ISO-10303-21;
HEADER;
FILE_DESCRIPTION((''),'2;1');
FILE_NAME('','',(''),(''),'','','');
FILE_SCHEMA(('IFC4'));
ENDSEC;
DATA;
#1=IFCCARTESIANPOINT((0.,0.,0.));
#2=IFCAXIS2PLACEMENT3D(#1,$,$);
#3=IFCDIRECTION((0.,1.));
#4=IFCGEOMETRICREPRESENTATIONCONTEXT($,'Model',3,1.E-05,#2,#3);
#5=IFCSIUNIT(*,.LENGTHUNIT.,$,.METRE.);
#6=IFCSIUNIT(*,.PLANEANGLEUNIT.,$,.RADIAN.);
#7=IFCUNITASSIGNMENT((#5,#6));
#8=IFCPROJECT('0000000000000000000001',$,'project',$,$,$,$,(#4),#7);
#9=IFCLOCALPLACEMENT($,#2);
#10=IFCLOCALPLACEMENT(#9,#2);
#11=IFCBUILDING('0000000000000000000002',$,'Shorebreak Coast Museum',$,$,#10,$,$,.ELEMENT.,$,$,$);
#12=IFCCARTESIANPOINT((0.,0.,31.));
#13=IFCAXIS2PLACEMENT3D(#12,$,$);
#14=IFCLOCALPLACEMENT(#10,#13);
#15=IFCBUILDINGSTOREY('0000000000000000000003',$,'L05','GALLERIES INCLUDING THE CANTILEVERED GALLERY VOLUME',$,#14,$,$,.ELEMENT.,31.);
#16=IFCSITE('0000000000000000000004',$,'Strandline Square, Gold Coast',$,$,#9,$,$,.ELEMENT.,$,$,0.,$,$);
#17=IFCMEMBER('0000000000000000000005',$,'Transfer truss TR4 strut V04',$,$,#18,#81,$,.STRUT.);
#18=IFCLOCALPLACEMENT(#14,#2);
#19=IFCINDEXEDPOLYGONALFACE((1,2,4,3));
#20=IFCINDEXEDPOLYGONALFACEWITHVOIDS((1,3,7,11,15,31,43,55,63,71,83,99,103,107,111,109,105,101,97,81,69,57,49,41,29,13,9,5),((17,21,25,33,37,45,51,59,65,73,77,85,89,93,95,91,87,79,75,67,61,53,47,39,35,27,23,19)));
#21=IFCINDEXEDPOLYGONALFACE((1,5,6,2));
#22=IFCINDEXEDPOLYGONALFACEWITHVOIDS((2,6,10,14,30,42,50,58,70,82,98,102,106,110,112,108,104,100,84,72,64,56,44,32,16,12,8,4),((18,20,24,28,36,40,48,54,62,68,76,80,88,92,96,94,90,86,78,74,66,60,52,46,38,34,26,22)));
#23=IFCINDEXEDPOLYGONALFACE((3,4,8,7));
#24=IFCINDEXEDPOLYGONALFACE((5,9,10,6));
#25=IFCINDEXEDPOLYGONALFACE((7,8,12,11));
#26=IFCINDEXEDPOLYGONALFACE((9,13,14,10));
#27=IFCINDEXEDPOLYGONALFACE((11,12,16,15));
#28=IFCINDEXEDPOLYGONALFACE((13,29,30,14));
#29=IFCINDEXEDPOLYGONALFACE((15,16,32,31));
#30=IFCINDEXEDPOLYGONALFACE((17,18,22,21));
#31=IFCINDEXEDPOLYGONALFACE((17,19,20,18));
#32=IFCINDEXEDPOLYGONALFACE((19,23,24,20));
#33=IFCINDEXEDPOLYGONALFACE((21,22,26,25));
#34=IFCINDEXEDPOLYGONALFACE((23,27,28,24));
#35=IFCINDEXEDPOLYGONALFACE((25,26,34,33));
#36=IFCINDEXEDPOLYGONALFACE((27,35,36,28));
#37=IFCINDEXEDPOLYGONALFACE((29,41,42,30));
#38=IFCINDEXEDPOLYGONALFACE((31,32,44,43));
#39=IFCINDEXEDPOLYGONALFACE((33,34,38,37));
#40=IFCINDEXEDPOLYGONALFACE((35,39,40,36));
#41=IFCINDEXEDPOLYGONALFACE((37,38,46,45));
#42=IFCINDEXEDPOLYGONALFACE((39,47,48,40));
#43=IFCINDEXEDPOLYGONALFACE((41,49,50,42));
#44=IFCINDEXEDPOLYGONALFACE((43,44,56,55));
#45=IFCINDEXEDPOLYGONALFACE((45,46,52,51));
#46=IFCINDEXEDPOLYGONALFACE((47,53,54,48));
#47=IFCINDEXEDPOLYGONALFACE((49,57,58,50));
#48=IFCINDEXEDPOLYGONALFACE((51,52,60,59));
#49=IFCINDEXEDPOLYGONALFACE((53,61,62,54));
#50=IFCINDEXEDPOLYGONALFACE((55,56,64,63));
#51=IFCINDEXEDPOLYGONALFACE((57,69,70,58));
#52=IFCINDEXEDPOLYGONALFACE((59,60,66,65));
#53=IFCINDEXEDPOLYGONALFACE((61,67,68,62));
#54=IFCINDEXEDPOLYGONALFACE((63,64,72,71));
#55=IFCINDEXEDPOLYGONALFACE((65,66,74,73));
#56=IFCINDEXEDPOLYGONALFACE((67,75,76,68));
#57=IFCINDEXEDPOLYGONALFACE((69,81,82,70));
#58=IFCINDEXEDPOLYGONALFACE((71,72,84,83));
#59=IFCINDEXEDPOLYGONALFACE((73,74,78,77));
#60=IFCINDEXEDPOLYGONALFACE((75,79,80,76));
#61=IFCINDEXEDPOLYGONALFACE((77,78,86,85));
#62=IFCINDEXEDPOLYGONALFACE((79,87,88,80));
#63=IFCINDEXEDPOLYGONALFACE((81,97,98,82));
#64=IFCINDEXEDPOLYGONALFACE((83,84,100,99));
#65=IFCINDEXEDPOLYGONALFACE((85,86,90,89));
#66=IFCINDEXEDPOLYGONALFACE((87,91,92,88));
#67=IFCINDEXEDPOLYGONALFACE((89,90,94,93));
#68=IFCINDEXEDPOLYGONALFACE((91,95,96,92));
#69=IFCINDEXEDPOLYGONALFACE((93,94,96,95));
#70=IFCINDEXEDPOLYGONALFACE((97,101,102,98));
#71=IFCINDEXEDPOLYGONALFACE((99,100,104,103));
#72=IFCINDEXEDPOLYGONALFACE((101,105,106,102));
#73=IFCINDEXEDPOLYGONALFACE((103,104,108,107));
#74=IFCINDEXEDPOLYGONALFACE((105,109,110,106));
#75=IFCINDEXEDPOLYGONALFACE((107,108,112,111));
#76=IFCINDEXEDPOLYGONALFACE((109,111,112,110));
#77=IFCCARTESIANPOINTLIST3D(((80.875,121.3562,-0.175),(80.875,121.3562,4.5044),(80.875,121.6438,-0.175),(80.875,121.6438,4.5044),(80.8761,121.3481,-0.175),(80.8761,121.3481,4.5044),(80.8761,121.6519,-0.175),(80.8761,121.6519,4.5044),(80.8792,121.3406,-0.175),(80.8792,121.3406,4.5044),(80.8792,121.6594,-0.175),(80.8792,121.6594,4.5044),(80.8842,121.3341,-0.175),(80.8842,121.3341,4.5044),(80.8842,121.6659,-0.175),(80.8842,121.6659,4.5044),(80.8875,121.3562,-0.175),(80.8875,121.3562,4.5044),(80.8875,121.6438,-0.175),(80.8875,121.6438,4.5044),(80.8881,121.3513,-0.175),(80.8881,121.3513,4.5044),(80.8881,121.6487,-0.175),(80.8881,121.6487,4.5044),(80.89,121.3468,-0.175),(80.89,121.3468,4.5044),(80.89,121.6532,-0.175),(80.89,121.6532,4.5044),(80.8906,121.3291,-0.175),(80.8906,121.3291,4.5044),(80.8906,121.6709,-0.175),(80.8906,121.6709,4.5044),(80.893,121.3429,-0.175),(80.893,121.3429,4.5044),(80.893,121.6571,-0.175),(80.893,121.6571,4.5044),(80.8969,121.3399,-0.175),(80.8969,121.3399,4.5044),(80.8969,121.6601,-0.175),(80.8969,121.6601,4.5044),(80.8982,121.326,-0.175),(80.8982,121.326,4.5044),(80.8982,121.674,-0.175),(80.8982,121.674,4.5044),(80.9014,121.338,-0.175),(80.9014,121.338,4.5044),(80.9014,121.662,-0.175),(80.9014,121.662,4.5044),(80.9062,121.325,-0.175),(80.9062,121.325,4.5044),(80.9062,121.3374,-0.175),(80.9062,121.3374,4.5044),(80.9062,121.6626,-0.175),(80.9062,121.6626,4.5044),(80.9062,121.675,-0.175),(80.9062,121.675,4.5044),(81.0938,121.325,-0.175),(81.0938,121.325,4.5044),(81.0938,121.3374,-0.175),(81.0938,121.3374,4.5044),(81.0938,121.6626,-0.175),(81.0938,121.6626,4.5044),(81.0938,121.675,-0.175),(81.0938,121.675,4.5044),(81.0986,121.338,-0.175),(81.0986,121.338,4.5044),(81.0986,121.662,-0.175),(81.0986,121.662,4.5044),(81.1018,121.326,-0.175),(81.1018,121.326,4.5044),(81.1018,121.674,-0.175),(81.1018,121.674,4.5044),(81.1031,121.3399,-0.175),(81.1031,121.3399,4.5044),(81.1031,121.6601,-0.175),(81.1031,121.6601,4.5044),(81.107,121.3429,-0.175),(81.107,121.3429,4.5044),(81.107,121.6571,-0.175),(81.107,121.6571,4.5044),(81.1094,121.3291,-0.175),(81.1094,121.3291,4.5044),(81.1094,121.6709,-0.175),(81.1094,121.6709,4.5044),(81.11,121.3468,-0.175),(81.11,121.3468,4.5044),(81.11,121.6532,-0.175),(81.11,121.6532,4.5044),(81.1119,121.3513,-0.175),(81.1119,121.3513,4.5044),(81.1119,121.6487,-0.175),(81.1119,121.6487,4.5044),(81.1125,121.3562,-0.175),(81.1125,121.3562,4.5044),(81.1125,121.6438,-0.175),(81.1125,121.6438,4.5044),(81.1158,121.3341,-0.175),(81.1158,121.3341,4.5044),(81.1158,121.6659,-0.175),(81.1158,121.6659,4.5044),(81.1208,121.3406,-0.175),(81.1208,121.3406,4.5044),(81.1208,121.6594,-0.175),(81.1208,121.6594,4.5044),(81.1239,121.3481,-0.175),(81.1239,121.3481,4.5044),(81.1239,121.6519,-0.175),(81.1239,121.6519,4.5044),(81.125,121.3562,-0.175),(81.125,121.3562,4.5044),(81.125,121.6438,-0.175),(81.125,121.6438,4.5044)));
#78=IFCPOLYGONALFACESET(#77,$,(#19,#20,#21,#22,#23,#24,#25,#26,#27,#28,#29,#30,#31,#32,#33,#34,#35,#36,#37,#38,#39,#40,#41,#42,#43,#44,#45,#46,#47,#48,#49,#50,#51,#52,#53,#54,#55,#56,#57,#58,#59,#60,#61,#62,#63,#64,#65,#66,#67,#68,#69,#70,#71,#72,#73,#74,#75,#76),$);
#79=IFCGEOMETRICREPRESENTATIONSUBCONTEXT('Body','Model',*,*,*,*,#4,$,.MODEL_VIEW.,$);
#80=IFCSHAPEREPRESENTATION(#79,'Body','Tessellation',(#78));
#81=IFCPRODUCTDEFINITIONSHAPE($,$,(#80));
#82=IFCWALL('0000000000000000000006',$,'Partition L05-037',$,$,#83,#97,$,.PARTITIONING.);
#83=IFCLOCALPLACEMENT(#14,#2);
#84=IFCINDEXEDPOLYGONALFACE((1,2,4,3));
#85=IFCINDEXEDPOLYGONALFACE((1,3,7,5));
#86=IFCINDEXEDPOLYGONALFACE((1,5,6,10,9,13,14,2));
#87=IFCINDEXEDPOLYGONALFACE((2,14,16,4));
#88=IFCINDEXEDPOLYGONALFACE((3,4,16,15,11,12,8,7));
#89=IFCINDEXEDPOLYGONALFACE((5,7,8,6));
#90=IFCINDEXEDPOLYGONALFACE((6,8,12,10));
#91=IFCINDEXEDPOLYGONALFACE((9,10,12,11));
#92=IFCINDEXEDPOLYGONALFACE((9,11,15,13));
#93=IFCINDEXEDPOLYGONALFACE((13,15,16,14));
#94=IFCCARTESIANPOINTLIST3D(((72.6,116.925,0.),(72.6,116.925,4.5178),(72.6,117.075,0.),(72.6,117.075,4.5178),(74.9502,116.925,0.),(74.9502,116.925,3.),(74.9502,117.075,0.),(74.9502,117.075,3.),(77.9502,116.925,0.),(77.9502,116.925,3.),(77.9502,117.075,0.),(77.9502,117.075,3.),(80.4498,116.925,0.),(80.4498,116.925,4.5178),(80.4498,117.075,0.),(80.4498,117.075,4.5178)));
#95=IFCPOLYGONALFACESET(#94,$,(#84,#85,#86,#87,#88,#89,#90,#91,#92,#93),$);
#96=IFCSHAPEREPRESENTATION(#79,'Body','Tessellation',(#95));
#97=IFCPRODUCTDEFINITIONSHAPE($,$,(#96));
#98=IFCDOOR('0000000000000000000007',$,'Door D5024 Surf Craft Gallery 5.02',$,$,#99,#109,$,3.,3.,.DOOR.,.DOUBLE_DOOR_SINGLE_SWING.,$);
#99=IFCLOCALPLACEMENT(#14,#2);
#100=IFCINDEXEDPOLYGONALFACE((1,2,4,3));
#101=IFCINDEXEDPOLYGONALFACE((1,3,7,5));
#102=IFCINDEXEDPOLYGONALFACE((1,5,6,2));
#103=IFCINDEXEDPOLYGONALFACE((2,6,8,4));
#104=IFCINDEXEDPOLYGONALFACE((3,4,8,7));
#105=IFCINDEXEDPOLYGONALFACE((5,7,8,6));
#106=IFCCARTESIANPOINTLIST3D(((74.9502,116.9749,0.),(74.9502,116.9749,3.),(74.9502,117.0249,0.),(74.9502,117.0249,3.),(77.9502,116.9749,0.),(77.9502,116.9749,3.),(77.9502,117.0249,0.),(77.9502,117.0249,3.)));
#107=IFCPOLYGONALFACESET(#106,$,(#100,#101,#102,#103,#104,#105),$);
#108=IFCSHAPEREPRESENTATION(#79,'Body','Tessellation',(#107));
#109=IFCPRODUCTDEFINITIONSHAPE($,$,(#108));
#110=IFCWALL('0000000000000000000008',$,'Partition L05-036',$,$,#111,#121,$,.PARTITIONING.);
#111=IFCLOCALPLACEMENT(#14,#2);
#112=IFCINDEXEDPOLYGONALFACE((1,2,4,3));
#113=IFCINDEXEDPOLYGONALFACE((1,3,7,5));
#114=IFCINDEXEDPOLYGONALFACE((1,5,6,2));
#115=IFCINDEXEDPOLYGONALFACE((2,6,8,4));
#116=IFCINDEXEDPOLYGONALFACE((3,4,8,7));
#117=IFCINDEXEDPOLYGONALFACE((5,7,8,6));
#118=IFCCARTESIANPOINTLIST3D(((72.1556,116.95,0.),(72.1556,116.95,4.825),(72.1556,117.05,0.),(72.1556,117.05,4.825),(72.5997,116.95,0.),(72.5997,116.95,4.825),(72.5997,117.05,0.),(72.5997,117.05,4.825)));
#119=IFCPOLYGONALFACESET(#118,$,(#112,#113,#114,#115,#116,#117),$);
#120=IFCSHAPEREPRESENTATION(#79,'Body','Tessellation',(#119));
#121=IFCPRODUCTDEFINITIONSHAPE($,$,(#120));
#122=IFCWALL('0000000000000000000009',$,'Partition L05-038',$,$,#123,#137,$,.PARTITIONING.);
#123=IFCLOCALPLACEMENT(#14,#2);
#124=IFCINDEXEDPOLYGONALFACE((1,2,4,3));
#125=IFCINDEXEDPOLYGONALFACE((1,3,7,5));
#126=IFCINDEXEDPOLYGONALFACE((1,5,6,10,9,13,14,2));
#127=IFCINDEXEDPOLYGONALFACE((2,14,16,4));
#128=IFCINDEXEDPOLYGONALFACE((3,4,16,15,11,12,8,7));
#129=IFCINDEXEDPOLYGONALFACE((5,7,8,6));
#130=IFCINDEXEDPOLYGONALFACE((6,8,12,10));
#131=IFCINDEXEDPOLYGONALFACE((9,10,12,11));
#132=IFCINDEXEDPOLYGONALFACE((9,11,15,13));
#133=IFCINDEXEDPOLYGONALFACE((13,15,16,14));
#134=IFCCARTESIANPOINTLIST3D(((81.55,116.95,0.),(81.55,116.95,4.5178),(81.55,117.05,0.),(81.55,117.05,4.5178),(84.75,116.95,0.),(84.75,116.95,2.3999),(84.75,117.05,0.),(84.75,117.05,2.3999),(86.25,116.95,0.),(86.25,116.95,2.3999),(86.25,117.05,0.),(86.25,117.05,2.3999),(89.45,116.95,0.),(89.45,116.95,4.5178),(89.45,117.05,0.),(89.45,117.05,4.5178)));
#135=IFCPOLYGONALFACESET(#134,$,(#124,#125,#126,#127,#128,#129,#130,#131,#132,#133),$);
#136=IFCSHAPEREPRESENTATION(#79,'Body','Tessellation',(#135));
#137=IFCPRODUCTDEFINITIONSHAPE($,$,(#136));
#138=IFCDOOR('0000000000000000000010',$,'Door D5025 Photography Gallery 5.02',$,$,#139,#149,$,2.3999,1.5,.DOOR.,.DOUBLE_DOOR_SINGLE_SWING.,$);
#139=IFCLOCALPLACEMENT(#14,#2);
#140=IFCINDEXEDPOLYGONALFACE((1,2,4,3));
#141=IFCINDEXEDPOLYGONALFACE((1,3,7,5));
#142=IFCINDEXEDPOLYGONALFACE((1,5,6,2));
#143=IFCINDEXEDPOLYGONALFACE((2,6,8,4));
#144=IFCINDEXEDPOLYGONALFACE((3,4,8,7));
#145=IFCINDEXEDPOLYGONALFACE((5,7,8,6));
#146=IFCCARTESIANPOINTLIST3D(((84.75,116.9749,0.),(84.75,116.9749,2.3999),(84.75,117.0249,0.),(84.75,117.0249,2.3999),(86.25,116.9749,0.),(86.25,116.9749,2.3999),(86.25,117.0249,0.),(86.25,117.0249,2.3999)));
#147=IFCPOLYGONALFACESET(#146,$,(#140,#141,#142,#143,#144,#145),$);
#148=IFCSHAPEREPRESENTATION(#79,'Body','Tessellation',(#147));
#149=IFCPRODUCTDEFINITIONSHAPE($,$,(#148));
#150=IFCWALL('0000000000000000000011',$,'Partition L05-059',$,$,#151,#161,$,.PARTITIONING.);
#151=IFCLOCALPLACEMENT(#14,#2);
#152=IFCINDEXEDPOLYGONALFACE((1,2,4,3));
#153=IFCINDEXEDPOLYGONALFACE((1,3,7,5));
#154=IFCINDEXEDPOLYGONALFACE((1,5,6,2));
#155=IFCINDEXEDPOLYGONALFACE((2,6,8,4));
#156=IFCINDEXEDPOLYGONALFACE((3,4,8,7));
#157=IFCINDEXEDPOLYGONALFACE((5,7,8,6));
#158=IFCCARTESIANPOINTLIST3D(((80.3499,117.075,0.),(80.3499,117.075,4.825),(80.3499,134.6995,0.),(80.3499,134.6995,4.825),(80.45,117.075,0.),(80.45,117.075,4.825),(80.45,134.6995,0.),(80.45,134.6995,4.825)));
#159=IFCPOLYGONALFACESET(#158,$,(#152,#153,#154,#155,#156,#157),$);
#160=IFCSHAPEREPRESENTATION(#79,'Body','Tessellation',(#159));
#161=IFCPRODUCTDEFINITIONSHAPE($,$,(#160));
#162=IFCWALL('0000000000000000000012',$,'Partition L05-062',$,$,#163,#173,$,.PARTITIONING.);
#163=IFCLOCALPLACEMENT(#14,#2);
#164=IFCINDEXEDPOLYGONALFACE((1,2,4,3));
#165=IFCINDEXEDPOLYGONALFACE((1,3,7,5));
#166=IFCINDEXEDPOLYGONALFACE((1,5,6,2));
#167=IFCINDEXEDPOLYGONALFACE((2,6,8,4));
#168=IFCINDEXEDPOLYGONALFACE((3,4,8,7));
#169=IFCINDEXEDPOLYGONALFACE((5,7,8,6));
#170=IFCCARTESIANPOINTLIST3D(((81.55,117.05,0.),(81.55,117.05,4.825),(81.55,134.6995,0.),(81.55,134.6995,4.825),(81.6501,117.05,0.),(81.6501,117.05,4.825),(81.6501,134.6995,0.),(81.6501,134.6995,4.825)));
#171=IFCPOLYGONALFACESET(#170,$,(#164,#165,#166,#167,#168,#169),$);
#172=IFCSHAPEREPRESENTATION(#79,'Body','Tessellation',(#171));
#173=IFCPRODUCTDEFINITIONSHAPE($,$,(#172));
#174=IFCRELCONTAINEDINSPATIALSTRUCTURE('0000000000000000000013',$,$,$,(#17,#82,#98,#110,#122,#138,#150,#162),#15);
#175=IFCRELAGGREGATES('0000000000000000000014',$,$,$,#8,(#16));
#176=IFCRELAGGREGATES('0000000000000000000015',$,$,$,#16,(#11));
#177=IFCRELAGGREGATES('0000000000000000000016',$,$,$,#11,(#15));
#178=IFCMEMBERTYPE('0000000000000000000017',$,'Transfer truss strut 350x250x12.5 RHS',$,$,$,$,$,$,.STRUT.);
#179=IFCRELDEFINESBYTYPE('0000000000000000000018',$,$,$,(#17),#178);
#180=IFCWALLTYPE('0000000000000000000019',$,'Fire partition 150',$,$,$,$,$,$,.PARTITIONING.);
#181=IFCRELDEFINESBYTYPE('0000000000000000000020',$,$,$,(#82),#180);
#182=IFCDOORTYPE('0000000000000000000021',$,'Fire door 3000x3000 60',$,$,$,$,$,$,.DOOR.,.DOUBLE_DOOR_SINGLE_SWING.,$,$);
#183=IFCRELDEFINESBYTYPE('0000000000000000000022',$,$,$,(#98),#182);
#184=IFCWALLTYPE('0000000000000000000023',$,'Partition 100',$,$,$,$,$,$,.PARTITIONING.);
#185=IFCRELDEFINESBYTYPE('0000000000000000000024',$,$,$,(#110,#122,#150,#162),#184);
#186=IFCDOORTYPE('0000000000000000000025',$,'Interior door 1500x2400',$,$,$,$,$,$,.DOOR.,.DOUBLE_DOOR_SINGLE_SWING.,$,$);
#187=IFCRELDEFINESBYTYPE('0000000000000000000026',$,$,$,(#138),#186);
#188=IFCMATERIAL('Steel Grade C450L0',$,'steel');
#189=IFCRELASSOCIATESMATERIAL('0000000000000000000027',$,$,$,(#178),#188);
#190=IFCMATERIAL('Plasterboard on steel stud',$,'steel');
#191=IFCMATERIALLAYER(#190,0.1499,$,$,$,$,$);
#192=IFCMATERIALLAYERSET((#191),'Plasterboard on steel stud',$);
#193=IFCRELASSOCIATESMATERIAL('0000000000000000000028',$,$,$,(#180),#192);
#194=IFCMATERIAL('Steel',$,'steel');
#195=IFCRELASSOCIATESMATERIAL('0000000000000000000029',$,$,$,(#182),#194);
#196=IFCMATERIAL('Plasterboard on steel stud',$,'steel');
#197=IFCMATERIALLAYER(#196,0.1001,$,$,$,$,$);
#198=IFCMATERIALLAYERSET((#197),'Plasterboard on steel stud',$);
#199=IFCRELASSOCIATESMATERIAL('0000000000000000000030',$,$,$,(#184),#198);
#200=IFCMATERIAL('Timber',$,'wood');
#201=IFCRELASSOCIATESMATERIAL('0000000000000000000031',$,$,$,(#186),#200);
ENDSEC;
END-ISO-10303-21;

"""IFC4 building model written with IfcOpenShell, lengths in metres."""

from ifc_helpers import new_model, si_unit, direction, frame, frame_2d, origin, origin_2d, place, context, subcontext, project, spatial, rectangle, hollow_rectangle, extrude, material, layer, layer_set, material_profile, profile_set, type_object, element, fill, save


model = new_model("IFC4")

# Units and contexts
model_context = context("Model", 3, precision=1e-05, world=origin(), true_north=direction((0.0, 1.0)))
body_context = subcontext(model_context, "Body", "Model", "MODEL_VIEW")
ifc_project = project(units=[si_unit("LENGTHUNIT", "METRE"), si_unit("PLANEANGLEUNIT", "RADIAN")], contexts=[model_context])

# Site, building, storey
site_placement = place(None, origin())
site = spatial("IfcSite", under=ifc_project, at=site_placement, Name="Strandline Square, Gold Coast", CompositionType="ELEMENT", RefElevation=0.0)
building_placement = place(site_placement, origin())
building = spatial("IfcBuilding", under=site, at=building_placement, Name="Shorebreak Coast Museum", CompositionType="ELEMENT")
storey_placement = place(building_placement, frame((0.0, 0.0, 31.0)))
storey = spatial("IfcBuildingStorey", under=building, at=storey_placement, Name="L05", Description="GALLERIES INCLUDING THE CANTILEVERED GALLERY VOLUME", CompositionType="ELEMENT", Elevation=31.0)

# Member
ifc_material_1 = material(Name="Steel Grade C450L0", Category="steel")
ifc_material_profile_1 = material_profile(ifc_material_1, hollow_rectangle(XDim=0.25, YDim=0.3501, WallThickness=0.0125, InnerFilletRadius=0.0188, OuterFilletRadius=0.0312, at=origin_2d()), Name="350x250x12.5 RHS")
ifc_profile_set_1 = profile_set([ifc_material_profile_1], Name="Steel Grade C450L0")
member_type_1 = type_object("IfcMemberType", Name="Transfer truss strut 350x250x12.5 RHS", PredefinedType="STRUT", material=ifc_profile_set_1)
for number, where, z_axis, x_axis, name in (
    (1, (81.0, 121.5, -0.175), (0.0, 0.0, 1.0), (1.0, 0.0, 0.0), "Transfer truss TR4 strut V04"),
):
    element("IfcMember", number, at=place(storey_placement, frame(where, z_axis=z_axis, x_axis=x_axis)), inside=storey, type_object=member_type_1, Name=name, PredefinedType="STRUT", context=body_context, shape_type="SweptSolid", body=[
        extrude(hollow_rectangle(XDim=0.25, YDim=0.3501, WallThickness=0.0125, InnerFilletRadius=0.0188, OuterFilletRadius=0.0312, at=origin_2d()), origin(), (0.0, 0.0, 1.0), 4.6794),
    ])

# Wall, opening, door
ifc_material_2 = material(Name="Plasterboard on steel stud", Category="steel")
ifc_layer_1 = layer(ifc_material_2, 0.1499)
ifc_layer_set_1 = layer_set([ifc_layer_1], Name="Plasterboard on steel stud")
wall_type_1 = type_object("IfcWallType", Name="Fire partition 150", PredefinedType="PARTITIONING", material=ifc_layer_set_1)
wall_1_placement = place(storey_placement, frame((72.6001, 117.0, 0.0), z_axis=(0.0, 0.0, 1.0), x_axis=(1.0, 0.0, 0.0)))
wall_1 = element("IfcWall", 2, at=wall_1_placement, inside=storey, type_object=wall_type_1, Name="Partition L05-037", PredefinedType="PARTITIONING", context=body_context, shape_type="SweptSolid", body=[
    extrude(rectangle(XDim=7.8499, YDim=0.1499, at=frame_2d((3.9248, 0.0))), origin(), (0.0, 0.0, 1.0), 4.5178),
])
opening_1_placement = place(wall_1_placement, frame((2.3501, 0.0, 0.0)))
opening_1 = element("IfcOpeningElement", 3, at=opening_1_placement, cuts=wall_1, PredefinedType="OPENING", context=body_context, shape_type="SweptSolid", body=[
    extrude(rectangle(XDim=3.0, YDim=3.0, at=frame_2d((1.5, 1.5))), frame((0.0, 0.085, 0.0), z_axis=(0.0, -1.0, 0.0), x_axis=(1.0, 0.0, 0.0)), (0.0, 0.0, 1.0), 0.1699),
])
ifc_material_3 = material(Name="Steel", Category="steel")
door_type_1 = type_object("IfcDoorType", Name="Fire door 3000x3000 60", OperationType="DOUBLE_DOOR_SINGLE_SWING", PredefinedType="DOOR", material=ifc_material_3)
door_1_placement = place(opening_1_placement, origin())
door_1 = element("IfcDoor", 4, at=door_1_placement, inside=storey, type_object=door_type_1, Name="Door D5024 Surf Craft Gallery 5.02", OperationType="DOUBLE_DOOR_SINGLE_SWING", OverallHeight=3.0, OverallWidth=3.0, PredefinedType="DOOR", context=body_context, shape_type="SweptSolid", body=[
    extrude(rectangle(XDim=3.0, YDim=3.0, at=frame_2d((1.5, 1.5))), frame((0.0, 0.0249, 0.0), z_axis=(0.0, -1.0, 0.0), x_axis=(1.0, 0.0, 0.0)), (0.0, 0.0, 1.0), 0.05),
])
fill(opening_1, door_1)

# Wall
ifc_material_4 = material(Name="Plasterboard on steel stud", Category="steel")
ifc_layer_2 = layer(ifc_material_4, 0.1001)
ifc_layer_set_2 = layer_set([ifc_layer_2], Name="Plasterboard on steel stud")
wall_type_2 = type_object("IfcWallType", Name="Partition 100", PredefinedType="PARTITIONING", material=ifc_layer_set_2)
wall_2_placement = place(storey_placement, frame((72.1555, 117.0, 0.0), z_axis=(0.0, 0.0, 1.0), x_axis=(1.0, 0.0, 0.0)))
element("IfcWall", 5, at=wall_2_placement, inside=storey, type_object=wall_type_2, Name="Partition L05-036", PredefinedType="PARTITIONING", context=body_context, shape_type="SweptSolid", body=[
    extrude(rectangle(XDim=0.4441, YDim=0.1001, at=frame_2d((0.2222, 0.0))), origin(), (0.0, 0.0, 1.0), 4.825),
])

# Wall, opening, door
wall_3_placement = place(storey_placement, frame((81.55, 117.0, 0.0), z_axis=(0.0, 0.0, 1.0), x_axis=(1.0, 0.0, 0.0)))
wall_3 = element("IfcWall", 6, at=wall_3_placement, inside=storey, type_object=wall_type_2, Name="Partition L05-038", PredefinedType="PARTITIONING", context=body_context, shape_type="SweptSolid", body=[
    extrude(rectangle(XDim=7.8999, YDim=0.1001, at=frame_2d((3.95, 0.0))), origin(), (0.0, 0.0, 1.0), 4.5178),
])
opening_2_placement = place(wall_3_placement, frame((3.2, 0.0, 0.0)))
opening_2 = element("IfcOpeningElement", 7, at=opening_2_placement, cuts=wall_3, PredefinedType="OPENING", context=body_context, shape_type="SweptSolid", body=[
    extrude(rectangle(XDim=1.5, YDim=2.3999, at=frame_2d((0.75, 1.2))), frame((0.0, 0.0601, 0.0), z_axis=(0.0, -1.0, 0.0), x_axis=(1.0, 0.0, 0.0)), (0.0, 0.0, 1.0), 0.1201),
])
ifc_material_5 = material(Name="Timber", Category="wood")
door_type_2 = type_object("IfcDoorType", Name="Interior door 1500x2400", OperationType="DOUBLE_DOOR_SINGLE_SWING", PredefinedType="DOOR", material=ifc_material_5)
door_2_placement = place(opening_2_placement, origin())
door_2 = element("IfcDoor", 8, at=door_2_placement, inside=storey, type_object=door_type_2, Name="Door D5025 Photography Gallery 5.02", OperationType="DOUBLE_DOOR_SINGLE_SWING", OverallHeight=2.3999, OverallWidth=1.5, PredefinedType="DOOR", context=body_context, shape_type="SweptSolid", body=[
    extrude(rectangle(XDim=1.5, YDim=2.3999, at=frame_2d((0.75, 1.2))), frame((0.0, 0.0249, 0.0), z_axis=(0.0, -1.0, 0.0), x_axis=(1.0, 0.0, 0.0)), (0.0, 0.0, 1.0), 0.05),
])
fill(opening_2, door_2)

# Walls
wall_4_placement = place(storey_placement, frame((80.3999, 117.075, 0.0), z_axis=(0.0, 0.0, 1.0), x_axis=(0.0, 1.0, 0.0)))
element("IfcWall", 9, at=wall_4_placement, inside=storey, type_object=wall_type_2, Name="Partition L05-059", PredefinedType="PARTITIONING", context=body_context, shape_type="SweptSolid", body=[
    extrude(rectangle(XDim=17.6245, YDim=0.1001, at=frame_2d((8.8123, 0.0))), origin(), (0.0, 0.0, 1.0), 4.825),
])
wall_5_placement = place(storey_placement, frame((81.6001, 117.05, 0.0), z_axis=(0.0, 0.0, 1.0), x_axis=(0.0, 1.0, 0.0)))
element("IfcWall", 10, at=wall_5_placement, inside=storey, type_object=wall_type_2, Name="Partition L05-062", PredefinedType="PARTITIONING", context=body_context, shape_type="SweptSolid", body=[
    extrude(rectangle(XDim=17.6494, YDim=0.1001, at=frame_2d((8.8247, 0.0))), origin(), (0.0, 0.0, 1.0), 4.825),
])

save(model, "model.ifc")
